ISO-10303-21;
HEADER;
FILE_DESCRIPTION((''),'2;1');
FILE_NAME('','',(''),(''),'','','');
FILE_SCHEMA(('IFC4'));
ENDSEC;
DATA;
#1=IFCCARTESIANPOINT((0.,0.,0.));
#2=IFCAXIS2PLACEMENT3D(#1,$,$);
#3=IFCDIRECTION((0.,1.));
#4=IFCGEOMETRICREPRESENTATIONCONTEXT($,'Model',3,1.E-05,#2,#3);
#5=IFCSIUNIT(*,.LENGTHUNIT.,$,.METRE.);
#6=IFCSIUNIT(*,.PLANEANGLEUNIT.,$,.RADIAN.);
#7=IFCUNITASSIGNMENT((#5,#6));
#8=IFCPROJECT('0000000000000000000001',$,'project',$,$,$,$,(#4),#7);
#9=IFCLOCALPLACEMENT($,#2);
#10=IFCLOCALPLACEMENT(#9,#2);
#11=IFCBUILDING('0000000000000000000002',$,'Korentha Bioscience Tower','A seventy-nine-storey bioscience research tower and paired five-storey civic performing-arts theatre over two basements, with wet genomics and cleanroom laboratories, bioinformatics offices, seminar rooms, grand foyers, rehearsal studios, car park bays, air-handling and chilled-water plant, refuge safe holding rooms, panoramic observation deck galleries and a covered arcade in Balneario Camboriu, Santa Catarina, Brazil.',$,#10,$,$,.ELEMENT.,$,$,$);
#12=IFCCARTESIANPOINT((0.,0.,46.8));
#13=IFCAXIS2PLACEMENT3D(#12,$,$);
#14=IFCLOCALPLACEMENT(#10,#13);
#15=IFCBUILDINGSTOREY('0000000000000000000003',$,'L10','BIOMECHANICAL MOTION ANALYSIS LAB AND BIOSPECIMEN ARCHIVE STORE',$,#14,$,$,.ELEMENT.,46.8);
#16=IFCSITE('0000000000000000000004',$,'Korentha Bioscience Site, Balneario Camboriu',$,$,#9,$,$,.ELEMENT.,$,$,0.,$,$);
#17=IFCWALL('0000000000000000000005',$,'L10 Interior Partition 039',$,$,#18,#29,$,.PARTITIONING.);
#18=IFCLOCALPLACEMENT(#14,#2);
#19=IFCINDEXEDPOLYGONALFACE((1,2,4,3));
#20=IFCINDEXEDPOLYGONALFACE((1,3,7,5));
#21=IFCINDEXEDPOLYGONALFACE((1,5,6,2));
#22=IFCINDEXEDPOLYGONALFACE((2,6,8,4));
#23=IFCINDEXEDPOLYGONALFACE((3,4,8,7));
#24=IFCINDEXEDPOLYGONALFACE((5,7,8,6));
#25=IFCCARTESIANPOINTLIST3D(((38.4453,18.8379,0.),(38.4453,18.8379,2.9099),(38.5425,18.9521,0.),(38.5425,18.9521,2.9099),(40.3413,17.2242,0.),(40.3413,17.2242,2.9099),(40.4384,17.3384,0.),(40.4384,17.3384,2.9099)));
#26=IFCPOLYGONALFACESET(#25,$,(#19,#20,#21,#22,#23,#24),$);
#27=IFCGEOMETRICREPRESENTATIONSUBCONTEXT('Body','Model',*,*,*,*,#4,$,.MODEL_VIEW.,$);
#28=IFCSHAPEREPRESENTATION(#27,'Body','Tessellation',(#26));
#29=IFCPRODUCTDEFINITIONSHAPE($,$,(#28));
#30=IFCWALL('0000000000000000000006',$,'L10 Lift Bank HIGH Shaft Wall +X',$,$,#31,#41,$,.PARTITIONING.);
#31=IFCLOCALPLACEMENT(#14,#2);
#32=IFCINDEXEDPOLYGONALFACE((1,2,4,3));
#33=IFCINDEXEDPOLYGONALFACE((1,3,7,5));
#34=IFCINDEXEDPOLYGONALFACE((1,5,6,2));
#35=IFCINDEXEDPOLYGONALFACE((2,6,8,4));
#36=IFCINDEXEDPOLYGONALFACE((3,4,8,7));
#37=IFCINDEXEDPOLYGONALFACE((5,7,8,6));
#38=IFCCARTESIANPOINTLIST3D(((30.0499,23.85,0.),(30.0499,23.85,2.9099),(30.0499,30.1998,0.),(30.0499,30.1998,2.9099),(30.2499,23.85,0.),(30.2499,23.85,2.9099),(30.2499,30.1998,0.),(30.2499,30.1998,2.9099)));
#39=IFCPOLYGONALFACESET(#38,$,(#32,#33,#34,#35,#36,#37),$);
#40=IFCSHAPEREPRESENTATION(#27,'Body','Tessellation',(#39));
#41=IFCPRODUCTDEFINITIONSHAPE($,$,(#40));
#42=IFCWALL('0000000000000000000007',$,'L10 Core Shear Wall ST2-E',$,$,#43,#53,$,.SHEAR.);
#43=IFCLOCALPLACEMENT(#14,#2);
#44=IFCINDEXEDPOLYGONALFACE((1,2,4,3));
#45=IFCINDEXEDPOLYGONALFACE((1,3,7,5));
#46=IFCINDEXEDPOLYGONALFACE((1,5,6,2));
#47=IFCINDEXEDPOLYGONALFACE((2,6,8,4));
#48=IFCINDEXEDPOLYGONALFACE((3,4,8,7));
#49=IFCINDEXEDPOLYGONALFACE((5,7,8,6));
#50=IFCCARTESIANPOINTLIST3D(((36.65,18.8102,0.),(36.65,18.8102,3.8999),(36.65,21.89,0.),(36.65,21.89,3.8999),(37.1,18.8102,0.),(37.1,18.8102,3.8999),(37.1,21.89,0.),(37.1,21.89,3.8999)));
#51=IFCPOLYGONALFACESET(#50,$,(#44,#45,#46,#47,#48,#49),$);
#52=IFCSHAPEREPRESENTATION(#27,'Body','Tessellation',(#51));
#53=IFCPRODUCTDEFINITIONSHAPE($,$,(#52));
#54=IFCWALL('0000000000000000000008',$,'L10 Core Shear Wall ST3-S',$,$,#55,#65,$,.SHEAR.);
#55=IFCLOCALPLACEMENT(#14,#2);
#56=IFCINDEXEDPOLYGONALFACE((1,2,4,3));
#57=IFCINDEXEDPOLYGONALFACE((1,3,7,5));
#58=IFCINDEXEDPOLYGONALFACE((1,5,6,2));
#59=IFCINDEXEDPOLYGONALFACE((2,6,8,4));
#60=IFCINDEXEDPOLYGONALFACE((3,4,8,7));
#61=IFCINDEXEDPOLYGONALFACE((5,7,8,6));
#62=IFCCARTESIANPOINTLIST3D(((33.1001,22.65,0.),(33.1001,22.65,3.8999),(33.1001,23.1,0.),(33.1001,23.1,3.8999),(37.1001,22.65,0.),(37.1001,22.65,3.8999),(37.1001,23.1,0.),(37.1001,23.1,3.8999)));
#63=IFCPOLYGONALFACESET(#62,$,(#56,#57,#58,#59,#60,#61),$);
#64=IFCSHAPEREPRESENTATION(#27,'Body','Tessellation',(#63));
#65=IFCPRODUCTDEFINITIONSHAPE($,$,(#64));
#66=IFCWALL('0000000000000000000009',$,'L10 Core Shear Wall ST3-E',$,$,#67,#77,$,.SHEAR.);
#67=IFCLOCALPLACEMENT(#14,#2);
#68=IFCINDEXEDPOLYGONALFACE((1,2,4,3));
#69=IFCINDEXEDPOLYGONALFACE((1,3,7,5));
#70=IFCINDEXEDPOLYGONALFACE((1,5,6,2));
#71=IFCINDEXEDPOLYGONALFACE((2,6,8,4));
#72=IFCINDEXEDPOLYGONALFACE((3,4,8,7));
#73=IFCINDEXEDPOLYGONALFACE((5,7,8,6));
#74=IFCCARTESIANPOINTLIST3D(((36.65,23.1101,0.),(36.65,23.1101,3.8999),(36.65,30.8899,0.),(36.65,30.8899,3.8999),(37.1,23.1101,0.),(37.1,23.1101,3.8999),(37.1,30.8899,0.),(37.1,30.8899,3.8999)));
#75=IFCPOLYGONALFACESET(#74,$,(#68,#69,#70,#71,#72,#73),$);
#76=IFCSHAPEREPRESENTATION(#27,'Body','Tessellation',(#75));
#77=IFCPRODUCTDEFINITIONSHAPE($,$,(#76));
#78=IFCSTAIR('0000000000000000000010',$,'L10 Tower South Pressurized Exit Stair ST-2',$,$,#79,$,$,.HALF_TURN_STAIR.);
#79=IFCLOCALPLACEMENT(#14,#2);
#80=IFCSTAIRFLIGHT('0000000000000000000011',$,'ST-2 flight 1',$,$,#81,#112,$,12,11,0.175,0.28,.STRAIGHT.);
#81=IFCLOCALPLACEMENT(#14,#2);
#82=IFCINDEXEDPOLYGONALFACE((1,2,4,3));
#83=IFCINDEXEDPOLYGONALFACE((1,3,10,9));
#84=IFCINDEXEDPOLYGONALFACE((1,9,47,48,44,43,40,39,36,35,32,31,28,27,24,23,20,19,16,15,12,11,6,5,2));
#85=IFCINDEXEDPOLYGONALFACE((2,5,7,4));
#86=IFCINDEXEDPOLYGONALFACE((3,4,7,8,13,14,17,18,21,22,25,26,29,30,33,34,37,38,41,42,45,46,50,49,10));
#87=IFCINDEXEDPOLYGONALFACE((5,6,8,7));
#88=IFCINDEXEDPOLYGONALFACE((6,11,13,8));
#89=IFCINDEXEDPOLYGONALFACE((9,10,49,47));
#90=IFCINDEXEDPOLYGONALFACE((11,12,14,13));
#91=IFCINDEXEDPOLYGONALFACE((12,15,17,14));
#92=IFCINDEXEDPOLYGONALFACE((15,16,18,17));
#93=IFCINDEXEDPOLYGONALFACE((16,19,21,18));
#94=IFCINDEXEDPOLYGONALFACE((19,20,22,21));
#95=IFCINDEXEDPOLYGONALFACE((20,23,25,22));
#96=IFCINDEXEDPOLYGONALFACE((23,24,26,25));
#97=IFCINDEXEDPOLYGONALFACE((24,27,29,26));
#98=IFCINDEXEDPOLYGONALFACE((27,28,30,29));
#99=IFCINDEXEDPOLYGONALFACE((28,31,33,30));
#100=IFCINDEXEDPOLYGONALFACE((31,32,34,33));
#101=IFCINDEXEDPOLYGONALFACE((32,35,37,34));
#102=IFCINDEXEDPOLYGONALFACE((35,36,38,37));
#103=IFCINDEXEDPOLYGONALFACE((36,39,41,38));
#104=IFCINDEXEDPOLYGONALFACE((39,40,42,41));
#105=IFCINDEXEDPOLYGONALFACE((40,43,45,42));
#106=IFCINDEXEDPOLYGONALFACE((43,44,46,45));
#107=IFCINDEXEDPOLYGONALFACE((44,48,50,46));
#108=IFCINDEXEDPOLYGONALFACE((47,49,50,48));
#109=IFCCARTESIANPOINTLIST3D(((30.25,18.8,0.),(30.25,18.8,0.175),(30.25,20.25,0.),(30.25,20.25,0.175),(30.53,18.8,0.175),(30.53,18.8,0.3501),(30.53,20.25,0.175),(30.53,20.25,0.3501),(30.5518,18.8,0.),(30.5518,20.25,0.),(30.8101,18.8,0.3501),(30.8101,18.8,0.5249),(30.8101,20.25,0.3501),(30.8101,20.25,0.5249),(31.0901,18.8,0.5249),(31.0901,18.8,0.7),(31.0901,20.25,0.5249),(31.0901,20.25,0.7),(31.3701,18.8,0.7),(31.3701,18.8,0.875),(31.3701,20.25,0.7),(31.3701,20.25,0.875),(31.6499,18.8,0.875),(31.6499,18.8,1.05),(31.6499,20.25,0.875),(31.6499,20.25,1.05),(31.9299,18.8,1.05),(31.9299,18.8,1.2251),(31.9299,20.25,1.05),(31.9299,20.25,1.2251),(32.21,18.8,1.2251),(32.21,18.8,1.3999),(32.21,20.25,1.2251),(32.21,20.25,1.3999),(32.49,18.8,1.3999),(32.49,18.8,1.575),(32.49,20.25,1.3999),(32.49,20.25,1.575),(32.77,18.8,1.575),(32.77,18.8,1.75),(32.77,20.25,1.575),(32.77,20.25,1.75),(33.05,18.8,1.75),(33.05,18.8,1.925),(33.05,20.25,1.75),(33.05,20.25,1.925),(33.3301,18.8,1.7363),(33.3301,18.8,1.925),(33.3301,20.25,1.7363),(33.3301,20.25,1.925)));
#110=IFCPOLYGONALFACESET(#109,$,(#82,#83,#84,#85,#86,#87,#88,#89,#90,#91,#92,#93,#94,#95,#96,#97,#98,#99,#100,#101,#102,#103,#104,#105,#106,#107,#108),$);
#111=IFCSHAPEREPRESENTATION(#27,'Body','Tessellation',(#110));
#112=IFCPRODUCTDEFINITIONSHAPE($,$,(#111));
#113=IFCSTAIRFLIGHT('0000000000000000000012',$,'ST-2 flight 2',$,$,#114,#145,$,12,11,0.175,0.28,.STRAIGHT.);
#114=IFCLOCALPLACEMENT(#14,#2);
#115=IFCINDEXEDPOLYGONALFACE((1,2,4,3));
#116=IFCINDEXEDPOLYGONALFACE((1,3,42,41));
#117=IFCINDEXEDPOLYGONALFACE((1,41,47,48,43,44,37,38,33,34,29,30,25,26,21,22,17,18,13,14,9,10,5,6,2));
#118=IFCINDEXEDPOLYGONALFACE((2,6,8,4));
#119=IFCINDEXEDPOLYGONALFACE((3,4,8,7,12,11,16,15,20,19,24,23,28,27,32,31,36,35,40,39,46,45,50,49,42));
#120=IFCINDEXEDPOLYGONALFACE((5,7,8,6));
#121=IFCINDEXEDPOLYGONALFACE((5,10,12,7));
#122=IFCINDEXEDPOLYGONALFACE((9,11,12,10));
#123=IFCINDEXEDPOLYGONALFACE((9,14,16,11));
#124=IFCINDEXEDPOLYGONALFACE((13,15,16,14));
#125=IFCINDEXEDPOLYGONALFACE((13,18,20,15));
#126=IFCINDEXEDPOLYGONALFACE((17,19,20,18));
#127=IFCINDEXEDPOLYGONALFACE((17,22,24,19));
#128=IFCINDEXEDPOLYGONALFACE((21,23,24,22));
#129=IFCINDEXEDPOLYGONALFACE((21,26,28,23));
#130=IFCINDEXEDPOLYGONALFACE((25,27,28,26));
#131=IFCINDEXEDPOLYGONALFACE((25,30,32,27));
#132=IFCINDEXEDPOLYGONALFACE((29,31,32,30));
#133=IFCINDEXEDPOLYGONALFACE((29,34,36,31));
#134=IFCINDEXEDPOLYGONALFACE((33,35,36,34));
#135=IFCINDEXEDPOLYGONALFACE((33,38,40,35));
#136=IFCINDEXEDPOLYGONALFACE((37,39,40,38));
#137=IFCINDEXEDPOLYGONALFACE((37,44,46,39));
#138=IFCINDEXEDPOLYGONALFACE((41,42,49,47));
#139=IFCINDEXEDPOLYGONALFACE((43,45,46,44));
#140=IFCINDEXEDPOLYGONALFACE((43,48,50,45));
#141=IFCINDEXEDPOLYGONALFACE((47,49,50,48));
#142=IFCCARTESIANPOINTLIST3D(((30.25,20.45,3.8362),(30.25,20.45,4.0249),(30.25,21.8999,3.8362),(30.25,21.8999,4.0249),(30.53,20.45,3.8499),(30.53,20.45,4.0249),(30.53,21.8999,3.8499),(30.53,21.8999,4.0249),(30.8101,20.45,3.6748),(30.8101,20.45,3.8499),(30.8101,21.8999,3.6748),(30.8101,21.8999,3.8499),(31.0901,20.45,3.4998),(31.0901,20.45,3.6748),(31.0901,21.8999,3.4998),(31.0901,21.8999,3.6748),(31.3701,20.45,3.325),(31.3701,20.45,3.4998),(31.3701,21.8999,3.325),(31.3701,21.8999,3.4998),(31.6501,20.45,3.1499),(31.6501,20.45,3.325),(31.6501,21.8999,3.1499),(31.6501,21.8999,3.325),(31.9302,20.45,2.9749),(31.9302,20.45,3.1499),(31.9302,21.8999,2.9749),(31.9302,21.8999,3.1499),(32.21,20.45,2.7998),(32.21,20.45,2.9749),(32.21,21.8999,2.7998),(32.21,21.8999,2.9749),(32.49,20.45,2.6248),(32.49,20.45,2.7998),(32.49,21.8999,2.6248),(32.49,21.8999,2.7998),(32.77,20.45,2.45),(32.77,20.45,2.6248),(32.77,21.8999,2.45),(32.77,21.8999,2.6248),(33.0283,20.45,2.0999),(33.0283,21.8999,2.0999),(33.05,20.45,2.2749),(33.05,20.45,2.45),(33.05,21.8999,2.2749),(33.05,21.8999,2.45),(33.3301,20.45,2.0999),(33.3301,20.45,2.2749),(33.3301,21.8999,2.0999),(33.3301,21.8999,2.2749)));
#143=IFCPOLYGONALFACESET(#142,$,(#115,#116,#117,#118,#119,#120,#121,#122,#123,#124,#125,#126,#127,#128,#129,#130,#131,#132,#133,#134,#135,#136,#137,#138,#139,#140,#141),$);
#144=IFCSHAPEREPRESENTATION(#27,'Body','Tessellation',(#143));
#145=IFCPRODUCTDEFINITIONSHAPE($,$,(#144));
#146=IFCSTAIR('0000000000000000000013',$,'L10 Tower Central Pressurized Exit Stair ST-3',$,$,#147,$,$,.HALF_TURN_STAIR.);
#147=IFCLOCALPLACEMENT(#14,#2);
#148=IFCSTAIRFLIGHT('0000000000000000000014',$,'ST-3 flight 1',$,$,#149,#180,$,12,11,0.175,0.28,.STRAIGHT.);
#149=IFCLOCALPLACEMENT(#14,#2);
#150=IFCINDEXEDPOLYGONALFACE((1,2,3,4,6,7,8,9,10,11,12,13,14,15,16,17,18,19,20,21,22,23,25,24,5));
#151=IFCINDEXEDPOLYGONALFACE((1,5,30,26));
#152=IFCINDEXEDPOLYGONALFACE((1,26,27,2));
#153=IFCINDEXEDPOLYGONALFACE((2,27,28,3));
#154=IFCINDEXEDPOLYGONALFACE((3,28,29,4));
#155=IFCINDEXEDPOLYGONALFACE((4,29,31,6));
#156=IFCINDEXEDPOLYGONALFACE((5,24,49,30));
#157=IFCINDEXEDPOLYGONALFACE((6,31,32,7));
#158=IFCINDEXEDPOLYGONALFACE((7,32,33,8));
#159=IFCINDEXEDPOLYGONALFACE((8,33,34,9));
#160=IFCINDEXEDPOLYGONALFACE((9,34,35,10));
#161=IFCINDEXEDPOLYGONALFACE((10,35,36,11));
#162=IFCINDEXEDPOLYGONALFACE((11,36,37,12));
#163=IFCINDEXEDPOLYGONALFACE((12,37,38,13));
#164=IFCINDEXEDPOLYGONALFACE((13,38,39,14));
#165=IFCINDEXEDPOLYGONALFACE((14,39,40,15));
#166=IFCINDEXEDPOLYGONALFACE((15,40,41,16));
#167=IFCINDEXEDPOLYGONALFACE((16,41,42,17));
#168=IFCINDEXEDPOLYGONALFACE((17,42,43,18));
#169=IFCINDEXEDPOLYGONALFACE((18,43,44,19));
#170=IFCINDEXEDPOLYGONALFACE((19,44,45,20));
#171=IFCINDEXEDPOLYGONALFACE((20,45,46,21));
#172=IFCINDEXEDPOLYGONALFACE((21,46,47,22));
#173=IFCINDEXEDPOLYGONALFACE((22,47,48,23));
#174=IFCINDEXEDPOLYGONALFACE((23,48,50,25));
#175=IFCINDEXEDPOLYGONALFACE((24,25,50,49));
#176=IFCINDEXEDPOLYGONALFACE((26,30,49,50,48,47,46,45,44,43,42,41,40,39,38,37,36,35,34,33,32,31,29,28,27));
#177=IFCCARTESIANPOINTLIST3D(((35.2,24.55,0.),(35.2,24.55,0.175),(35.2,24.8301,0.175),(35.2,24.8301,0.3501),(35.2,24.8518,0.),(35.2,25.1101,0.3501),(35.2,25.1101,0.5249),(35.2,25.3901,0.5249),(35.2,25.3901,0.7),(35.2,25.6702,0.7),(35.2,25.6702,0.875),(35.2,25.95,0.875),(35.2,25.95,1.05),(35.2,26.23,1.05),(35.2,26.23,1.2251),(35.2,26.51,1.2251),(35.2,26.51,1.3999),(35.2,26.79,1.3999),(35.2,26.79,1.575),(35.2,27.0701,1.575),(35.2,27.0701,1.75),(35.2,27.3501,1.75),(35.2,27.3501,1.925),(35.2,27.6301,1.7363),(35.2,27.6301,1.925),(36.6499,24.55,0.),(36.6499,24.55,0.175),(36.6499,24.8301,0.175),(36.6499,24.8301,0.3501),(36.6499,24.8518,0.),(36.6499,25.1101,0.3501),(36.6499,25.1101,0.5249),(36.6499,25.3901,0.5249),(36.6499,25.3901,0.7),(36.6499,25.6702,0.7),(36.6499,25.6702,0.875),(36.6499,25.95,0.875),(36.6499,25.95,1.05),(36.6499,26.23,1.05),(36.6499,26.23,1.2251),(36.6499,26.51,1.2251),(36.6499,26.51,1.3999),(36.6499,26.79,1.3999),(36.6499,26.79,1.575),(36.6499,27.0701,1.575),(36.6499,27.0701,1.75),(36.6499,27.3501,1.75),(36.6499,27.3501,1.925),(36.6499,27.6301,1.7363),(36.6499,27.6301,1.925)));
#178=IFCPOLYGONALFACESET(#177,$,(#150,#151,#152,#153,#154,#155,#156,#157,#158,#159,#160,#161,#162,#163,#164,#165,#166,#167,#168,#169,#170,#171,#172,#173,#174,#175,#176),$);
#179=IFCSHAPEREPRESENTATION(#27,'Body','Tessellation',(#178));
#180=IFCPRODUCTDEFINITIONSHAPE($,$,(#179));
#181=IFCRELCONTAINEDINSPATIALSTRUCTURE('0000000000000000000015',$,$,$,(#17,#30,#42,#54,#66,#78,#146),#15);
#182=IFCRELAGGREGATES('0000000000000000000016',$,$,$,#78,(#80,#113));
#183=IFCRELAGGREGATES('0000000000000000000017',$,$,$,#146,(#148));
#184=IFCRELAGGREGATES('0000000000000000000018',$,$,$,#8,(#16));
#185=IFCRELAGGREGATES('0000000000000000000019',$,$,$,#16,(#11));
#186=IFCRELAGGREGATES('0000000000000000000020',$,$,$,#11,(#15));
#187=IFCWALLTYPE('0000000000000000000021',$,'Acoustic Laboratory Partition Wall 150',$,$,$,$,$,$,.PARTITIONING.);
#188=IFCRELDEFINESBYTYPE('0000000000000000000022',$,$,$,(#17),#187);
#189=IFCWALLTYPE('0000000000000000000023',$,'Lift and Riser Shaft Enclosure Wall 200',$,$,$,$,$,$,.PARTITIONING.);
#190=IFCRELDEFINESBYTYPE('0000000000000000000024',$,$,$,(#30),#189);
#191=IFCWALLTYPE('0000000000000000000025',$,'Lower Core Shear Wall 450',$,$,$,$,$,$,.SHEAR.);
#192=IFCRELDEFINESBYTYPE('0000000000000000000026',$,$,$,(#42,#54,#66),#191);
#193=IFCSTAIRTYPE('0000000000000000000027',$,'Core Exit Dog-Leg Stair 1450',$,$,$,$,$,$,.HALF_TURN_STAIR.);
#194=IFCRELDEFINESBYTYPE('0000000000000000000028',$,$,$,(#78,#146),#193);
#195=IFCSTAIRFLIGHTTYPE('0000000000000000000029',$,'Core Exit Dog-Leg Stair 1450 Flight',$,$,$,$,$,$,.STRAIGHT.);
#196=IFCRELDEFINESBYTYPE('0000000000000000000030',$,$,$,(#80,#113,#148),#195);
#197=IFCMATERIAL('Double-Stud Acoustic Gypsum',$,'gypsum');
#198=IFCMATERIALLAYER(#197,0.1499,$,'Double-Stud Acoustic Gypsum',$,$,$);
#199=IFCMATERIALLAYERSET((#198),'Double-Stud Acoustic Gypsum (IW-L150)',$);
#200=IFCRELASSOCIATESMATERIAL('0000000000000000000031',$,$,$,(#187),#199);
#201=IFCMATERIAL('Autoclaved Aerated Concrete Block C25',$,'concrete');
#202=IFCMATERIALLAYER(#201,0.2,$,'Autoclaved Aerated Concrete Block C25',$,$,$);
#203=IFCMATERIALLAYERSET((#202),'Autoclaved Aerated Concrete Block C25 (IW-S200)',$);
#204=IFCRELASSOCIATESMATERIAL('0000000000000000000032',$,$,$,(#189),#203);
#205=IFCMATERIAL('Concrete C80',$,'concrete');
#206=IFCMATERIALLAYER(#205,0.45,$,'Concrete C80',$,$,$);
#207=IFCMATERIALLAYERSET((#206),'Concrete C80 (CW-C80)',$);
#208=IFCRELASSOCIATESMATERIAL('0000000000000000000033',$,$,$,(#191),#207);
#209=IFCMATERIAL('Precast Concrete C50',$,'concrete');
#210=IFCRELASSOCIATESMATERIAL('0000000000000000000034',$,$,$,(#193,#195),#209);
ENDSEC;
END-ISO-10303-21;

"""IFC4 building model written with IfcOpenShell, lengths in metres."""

from ifc_helpers import new_model, si_unit, direction, frame, frame_2d, origin, place, context, subcontext, project, spatial, polyline, rectangle, outline, extrude, material, layer, layer_set, type_object, element, aggregate, save


model = new_model("IFC4")

# Units and contexts
model_context = context("Model", 3, precision=1e-05, world=origin(), true_north=direction((0.0, 1.0)))
body_context = subcontext(model_context, "Body", "Model", "MODEL_VIEW")
ifc_project = project(units=[si_unit("LENGTHUNIT", "METRE"), si_unit("PLANEANGLEUNIT", "RADIAN")], contexts=[model_context])

# Site, building, storey
site_placement = place(None, origin())
site = spatial("IfcSite", under=ifc_project, at=site_placement, Name="Korentha Bioscience Site, Balneario Camboriu", CompositionType="ELEMENT", RefElevation=0.0)
building_placement = place(site_placement, origin())
building = spatial("IfcBuilding", under=site, at=building_placement, Name="Korentha Bioscience Tower", Description="A seventy-nine-storey bioscience research tower and paired five-storey civic performing-arts theatre over two basements, with wet genomics and cleanroom laboratories, bioinformatics offices, seminar rooms, grand foyers, rehearsal studios, car park bays, air-handling and chilled-water plant, refuge safe holding rooms, panoramic observation deck galleries and a covered arcade in Balneario Camboriu, Santa Catarina, Brazil.", CompositionType="ELEMENT")
storey_placement = place(building_placement, frame((0.0, 0.0, 46.8)))
storey = spatial("IfcBuildingStorey", under=building, at=storey_placement, Name="L10", Description="BIOMECHANICAL MOTION ANALYSIS LAB AND BIOSPECIMEN ARCHIVE STORE", CompositionType="ELEMENT", Elevation=46.8)

# Shared definitions
ifc_material_1 = material(Name="Double-Stud Acoustic Gypsum", Category="gypsum")
ifc_layer_1 = layer(ifc_material_1, 0.1499, Name="Double-Stud Acoustic Gypsum")
ifc_layer_set_1 = layer_set([ifc_layer_1], Name="Double-Stud Acoustic Gypsum (IW-L150)")
wall_type_1 = type_object("IfcWallType", Name="Acoustic Laboratory Partition Wall 150", PredefinedType="PARTITIONING", material=ifc_layer_set_1)

# Walls
wall_1_placement = place(storey_placement, frame((38.4939, 18.895, 0.0), z_axis=(0.0, 0.0, 1.0), x_axis=(0.761508, -0.648155, 0.0)))
element("IfcWall", 1, at=wall_1_placement, inside=storey, type_object=wall_type_1, Name="L10 Interior Partition 039", PredefinedType="PARTITIONING", context=body_context, shape_type="SweptSolid", body=[
    extrude(rectangle(XDim=2.4897, YDim=0.1499, at=frame_2d((1.2449, 0.0))), origin(), (0.0, 0.0, 1.0), 2.9099),
])
ifc_material_2 = material(Name="Autoclaved Aerated Concrete Block C25", Category="concrete")
ifc_layer_2 = layer(ifc_material_2, 0.2, Name="Autoclaved Aerated Concrete Block C25")
ifc_layer_set_2 = layer_set([ifc_layer_2], Name="Autoclaved Aerated Concrete Block C25 (IW-S200)")
wall_type_2 = type_object("IfcWallType", Name="Lift and Riser Shaft Enclosure Wall 200", PredefinedType="PARTITIONING", material=ifc_layer_set_2)
wall_2_placement = place(storey_placement, frame((30.1499, 23.8501, 0.0), z_axis=(0.0, 0.0, 1.0), x_axis=(0.0, 1.0, 0.0)))
element("IfcWall", 2, at=wall_2_placement, inside=storey, type_object=wall_type_2, Name="L10 Lift Bank HIGH Shaft Wall +X", PredefinedType="PARTITIONING", context=body_context, shape_type="SweptSolid", body=[
    extrude(rectangle(XDim=6.3499, YDim=0.2, at=frame_2d((3.1748, 0.0))), origin(), (0.0, 0.0, 1.0), 2.9099),
])
ifc_material_3 = material(Name="Concrete C80", Category="concrete")
ifc_layer_3 = layer(ifc_material_3, 0.45, Name="Concrete C80")
ifc_layer_set_3 = layer_set([ifc_layer_3], Name="Concrete C80 (CW-C80)")
wall_type_3 = type_object("IfcWallType", Name="Lower Core Shear Wall 450", PredefinedType="SHEAR", material=ifc_layer_set_3)
wall_3_placement = place(storey_placement, frame((36.875, 18.8101, 0.0), z_axis=(0.0, 0.0, 1.0), x_axis=(0.0, 1.0, 0.0)))
element("IfcWall", 3, at=wall_3_placement, inside=storey, type_object=wall_type_3, Name="L10 Core Shear Wall ST2-E", PredefinedType="SHEAR", context=body_context, shape_type="SweptSolid", body=[
    extrude(rectangle(XDim=3.0798, YDim=0.45, at=frame_2d((1.54, 0.0))), origin(), (0.0, 0.0, 1.0), 3.8999),
])
wall_4_placement = place(storey_placement, frame((33.1001, 22.875, 0.0), z_axis=(0.0, 0.0, 1.0), x_axis=(1.0, 0.0, 0.0)))
element("IfcWall", 4, at=wall_4_placement, inside=storey, type_object=wall_type_3, Name="L10 Core Shear Wall ST3-S", PredefinedType="SHEAR", context=body_context, shape_type="SweptSolid", body=[
    extrude(rectangle(XDim=4.0, YDim=0.45, at=frame_2d((2.0, 0.0))), origin(), (0.0, 0.0, 1.0), 3.8999),
])
wall_5_placement = place(storey_placement, frame((36.875, 23.1101, 0.0), z_axis=(0.0, 0.0, 1.0), x_axis=(0.0, 1.0, 0.0)))
element("IfcWall", 5, at=wall_5_placement, inside=storey, type_object=wall_type_3, Name="L10 Core Shear Wall ST3-E", PredefinedType="SHEAR", context=body_context, shape_type="SweptSolid", body=[
    extrude(rectangle(XDim=7.7798, YDim=0.45, at=frame_2d((3.8899, 0.0))), origin(), (0.0, 0.0, 1.0), 3.8999),
])

# Stair, stair flights
ifc_material_4 = material(Name="Precast Concrete C50", Category="concrete")
stair_type = type_object("IfcStairType", Name="Core Exit Dog-Leg Stair 1450", PredefinedType="HALF_TURN_STAIR", material=ifc_material_4)
stair_1_placement = place(storey_placement, origin())
stair_1 = element("IfcStair", 6, at=stair_1_placement, inside=storey, type_object=stair_type, Name="L10 Tower South Pressurized Exit Stair ST-2", PredefinedType="HALF_TURN_STAIR")
stair_flight_type = type_object("IfcStairFlightType", Name="Core Exit Dog-Leg Stair 1450 Flight", PredefinedType="STRAIGHT", material=ifc_material_4)
stair_flight_1_placement = place(storey_placement, frame((30.25, 19.5249, 0.0), z_axis=(0.0, 0.0, 1.0), x_axis=(1.0, 0.0, 0.0)))
stair_flight_1 = element("IfcStairFlight", 7, at=stair_flight_1_placement, type_object=stair_flight_type, Name="ST-2 flight 1", NumberOfRisers=12, NumberOfTreads=11, PredefinedType="STRAIGHT", RiserHeight=0.175, TreadLength=0.28, context=body_context, shape_type="SweptSolid", body=[
    extrude(outline(polyline([(0.0, 0.0), (0.0, 0.175), (0.28, 0.175), (0.28, 0.3501), (0.5601, 0.3501), (0.5601, 0.5249), (0.8401, 0.5249), (0.8401, 0.7), (1.1201, 0.7), (1.1201, 0.875), (1.3999, 0.875), (1.3999, 1.05), (1.6799, 1.05), (1.6799, 1.2251), (1.96, 1.2251), (1.96, 1.3999), (2.24, 1.3999), (2.24, 1.575), (2.52, 1.575), (2.52, 1.75), (2.8, 1.75), (2.8, 1.925), (3.0801, 1.925), (3.0801, 2.1001), (3.0801, 1.7363), (0.3018, 0.0), (0.0, 0.0)])), frame((0.0, 0.7251, 0.0), z_axis=(0.0, -1.0, 0.0), x_axis=(1.0, 0.0, 0.0)), (0.0, 0.0, 1.0), 1.45),
])
stair_flight_2_placement = place(storey_placement, frame((33.3301, 21.175, 2.0999), z_axis=(0.0, 0.0, 1.0), x_axis=(-1.0, 0.0, 0.0)))
stair_flight_2 = element("IfcStairFlight", 8, at=stair_flight_2_placement, type_object=stair_flight_type, Name="ST-2 flight 2", NumberOfRisers=12, NumberOfTreads=11, PredefinedType="STRAIGHT", RiserHeight=0.175, TreadLength=0.28, context=body_context, shape_type="SweptSolid", body=[
    extrude(outline(polyline([(0.0, 0.0), (0.0, 0.175), (0.28, 0.175), (0.28, 0.3501), (0.5601, 0.3501), (0.5601, 0.5249), (0.8401, 0.5249), (0.8401, 0.7), (1.1201, 0.7), (1.1201, 0.875), (1.3999, 0.875), (1.3999, 1.05), (1.6799, 1.05), (1.6799, 1.2251), (1.96, 1.2251), (1.96, 1.3999), (2.24, 1.3999), (2.24, 1.575), (2.52, 1.575), (2.52, 1.75), (2.8, 1.75), (2.8, 1.925), (3.0801, 1.925), (3.0801, 2.1001), (3.0801, 1.7363), (0.3018, 0.0), (0.0, 0.0)])), frame((0.0, 0.7251, 0.0), z_axis=(0.0, -1.0, 0.0), x_axis=(1.0, 0.0, 0.0)), (0.0, 0.0, 1.0), 1.45),
])
aggregate(stair_1, [stair_flight_1, stair_flight_2])

# Stair, stair flight
stair_2_placement = place(storey_placement, origin())
stair_2 = element("IfcStair", 9, at=stair_2_placement, inside=storey, type_object=stair_type, Name="L10 Tower Central Pressurized Exit Stair ST-3", PredefinedType="HALF_TURN_STAIR")
stair_flight_3_placement = place(storey_placement, frame((35.925, 24.55, 0.0), z_axis=(0.0, 0.0, 1.0), x_axis=(0.0, 1.0, 0.0)))
stair_flight_3 = element("IfcStairFlight", 10, at=stair_flight_3_placement, type_object=stair_flight_type, Name="ST-3 flight 1", NumberOfRisers=12, NumberOfTreads=11, PredefinedType="STRAIGHT", RiserHeight=0.175, TreadLength=0.28, context=body_context, shape_type="SweptSolid", body=[
    extrude(outline(polyline([(0.0, 0.0), (0.0, 0.175), (0.28, 0.175), (0.28, 0.3501), (0.5601, 0.3501), (0.5601, 0.5249), (0.8401, 0.5249), (0.8401, 0.7), (1.1201, 0.7), (1.1201, 0.875), (1.3999, 0.875), (1.3999, 1.05), (1.6799, 1.05), (1.6799, 1.2251), (1.96, 1.2251), (1.96, 1.3999), (2.24, 1.3999), (2.24, 1.575), (2.52, 1.575), (2.52, 1.75), (2.8, 1.75), (2.8, 1.925), (3.0801, 1.925), (3.0801, 2.1001), (3.0801, 1.7363), (0.3018, 0.0), (0.0, 0.0)])), frame((0.0, 0.7251, 0.0), z_axis=(0.0, -1.0, 0.0), x_axis=(1.0, 0.0, 0.0)), (0.0, 0.0, 1.0), 1.45),
])
aggregate(stair_2, [stair_flight_3])

save(model, "model.ifc")
